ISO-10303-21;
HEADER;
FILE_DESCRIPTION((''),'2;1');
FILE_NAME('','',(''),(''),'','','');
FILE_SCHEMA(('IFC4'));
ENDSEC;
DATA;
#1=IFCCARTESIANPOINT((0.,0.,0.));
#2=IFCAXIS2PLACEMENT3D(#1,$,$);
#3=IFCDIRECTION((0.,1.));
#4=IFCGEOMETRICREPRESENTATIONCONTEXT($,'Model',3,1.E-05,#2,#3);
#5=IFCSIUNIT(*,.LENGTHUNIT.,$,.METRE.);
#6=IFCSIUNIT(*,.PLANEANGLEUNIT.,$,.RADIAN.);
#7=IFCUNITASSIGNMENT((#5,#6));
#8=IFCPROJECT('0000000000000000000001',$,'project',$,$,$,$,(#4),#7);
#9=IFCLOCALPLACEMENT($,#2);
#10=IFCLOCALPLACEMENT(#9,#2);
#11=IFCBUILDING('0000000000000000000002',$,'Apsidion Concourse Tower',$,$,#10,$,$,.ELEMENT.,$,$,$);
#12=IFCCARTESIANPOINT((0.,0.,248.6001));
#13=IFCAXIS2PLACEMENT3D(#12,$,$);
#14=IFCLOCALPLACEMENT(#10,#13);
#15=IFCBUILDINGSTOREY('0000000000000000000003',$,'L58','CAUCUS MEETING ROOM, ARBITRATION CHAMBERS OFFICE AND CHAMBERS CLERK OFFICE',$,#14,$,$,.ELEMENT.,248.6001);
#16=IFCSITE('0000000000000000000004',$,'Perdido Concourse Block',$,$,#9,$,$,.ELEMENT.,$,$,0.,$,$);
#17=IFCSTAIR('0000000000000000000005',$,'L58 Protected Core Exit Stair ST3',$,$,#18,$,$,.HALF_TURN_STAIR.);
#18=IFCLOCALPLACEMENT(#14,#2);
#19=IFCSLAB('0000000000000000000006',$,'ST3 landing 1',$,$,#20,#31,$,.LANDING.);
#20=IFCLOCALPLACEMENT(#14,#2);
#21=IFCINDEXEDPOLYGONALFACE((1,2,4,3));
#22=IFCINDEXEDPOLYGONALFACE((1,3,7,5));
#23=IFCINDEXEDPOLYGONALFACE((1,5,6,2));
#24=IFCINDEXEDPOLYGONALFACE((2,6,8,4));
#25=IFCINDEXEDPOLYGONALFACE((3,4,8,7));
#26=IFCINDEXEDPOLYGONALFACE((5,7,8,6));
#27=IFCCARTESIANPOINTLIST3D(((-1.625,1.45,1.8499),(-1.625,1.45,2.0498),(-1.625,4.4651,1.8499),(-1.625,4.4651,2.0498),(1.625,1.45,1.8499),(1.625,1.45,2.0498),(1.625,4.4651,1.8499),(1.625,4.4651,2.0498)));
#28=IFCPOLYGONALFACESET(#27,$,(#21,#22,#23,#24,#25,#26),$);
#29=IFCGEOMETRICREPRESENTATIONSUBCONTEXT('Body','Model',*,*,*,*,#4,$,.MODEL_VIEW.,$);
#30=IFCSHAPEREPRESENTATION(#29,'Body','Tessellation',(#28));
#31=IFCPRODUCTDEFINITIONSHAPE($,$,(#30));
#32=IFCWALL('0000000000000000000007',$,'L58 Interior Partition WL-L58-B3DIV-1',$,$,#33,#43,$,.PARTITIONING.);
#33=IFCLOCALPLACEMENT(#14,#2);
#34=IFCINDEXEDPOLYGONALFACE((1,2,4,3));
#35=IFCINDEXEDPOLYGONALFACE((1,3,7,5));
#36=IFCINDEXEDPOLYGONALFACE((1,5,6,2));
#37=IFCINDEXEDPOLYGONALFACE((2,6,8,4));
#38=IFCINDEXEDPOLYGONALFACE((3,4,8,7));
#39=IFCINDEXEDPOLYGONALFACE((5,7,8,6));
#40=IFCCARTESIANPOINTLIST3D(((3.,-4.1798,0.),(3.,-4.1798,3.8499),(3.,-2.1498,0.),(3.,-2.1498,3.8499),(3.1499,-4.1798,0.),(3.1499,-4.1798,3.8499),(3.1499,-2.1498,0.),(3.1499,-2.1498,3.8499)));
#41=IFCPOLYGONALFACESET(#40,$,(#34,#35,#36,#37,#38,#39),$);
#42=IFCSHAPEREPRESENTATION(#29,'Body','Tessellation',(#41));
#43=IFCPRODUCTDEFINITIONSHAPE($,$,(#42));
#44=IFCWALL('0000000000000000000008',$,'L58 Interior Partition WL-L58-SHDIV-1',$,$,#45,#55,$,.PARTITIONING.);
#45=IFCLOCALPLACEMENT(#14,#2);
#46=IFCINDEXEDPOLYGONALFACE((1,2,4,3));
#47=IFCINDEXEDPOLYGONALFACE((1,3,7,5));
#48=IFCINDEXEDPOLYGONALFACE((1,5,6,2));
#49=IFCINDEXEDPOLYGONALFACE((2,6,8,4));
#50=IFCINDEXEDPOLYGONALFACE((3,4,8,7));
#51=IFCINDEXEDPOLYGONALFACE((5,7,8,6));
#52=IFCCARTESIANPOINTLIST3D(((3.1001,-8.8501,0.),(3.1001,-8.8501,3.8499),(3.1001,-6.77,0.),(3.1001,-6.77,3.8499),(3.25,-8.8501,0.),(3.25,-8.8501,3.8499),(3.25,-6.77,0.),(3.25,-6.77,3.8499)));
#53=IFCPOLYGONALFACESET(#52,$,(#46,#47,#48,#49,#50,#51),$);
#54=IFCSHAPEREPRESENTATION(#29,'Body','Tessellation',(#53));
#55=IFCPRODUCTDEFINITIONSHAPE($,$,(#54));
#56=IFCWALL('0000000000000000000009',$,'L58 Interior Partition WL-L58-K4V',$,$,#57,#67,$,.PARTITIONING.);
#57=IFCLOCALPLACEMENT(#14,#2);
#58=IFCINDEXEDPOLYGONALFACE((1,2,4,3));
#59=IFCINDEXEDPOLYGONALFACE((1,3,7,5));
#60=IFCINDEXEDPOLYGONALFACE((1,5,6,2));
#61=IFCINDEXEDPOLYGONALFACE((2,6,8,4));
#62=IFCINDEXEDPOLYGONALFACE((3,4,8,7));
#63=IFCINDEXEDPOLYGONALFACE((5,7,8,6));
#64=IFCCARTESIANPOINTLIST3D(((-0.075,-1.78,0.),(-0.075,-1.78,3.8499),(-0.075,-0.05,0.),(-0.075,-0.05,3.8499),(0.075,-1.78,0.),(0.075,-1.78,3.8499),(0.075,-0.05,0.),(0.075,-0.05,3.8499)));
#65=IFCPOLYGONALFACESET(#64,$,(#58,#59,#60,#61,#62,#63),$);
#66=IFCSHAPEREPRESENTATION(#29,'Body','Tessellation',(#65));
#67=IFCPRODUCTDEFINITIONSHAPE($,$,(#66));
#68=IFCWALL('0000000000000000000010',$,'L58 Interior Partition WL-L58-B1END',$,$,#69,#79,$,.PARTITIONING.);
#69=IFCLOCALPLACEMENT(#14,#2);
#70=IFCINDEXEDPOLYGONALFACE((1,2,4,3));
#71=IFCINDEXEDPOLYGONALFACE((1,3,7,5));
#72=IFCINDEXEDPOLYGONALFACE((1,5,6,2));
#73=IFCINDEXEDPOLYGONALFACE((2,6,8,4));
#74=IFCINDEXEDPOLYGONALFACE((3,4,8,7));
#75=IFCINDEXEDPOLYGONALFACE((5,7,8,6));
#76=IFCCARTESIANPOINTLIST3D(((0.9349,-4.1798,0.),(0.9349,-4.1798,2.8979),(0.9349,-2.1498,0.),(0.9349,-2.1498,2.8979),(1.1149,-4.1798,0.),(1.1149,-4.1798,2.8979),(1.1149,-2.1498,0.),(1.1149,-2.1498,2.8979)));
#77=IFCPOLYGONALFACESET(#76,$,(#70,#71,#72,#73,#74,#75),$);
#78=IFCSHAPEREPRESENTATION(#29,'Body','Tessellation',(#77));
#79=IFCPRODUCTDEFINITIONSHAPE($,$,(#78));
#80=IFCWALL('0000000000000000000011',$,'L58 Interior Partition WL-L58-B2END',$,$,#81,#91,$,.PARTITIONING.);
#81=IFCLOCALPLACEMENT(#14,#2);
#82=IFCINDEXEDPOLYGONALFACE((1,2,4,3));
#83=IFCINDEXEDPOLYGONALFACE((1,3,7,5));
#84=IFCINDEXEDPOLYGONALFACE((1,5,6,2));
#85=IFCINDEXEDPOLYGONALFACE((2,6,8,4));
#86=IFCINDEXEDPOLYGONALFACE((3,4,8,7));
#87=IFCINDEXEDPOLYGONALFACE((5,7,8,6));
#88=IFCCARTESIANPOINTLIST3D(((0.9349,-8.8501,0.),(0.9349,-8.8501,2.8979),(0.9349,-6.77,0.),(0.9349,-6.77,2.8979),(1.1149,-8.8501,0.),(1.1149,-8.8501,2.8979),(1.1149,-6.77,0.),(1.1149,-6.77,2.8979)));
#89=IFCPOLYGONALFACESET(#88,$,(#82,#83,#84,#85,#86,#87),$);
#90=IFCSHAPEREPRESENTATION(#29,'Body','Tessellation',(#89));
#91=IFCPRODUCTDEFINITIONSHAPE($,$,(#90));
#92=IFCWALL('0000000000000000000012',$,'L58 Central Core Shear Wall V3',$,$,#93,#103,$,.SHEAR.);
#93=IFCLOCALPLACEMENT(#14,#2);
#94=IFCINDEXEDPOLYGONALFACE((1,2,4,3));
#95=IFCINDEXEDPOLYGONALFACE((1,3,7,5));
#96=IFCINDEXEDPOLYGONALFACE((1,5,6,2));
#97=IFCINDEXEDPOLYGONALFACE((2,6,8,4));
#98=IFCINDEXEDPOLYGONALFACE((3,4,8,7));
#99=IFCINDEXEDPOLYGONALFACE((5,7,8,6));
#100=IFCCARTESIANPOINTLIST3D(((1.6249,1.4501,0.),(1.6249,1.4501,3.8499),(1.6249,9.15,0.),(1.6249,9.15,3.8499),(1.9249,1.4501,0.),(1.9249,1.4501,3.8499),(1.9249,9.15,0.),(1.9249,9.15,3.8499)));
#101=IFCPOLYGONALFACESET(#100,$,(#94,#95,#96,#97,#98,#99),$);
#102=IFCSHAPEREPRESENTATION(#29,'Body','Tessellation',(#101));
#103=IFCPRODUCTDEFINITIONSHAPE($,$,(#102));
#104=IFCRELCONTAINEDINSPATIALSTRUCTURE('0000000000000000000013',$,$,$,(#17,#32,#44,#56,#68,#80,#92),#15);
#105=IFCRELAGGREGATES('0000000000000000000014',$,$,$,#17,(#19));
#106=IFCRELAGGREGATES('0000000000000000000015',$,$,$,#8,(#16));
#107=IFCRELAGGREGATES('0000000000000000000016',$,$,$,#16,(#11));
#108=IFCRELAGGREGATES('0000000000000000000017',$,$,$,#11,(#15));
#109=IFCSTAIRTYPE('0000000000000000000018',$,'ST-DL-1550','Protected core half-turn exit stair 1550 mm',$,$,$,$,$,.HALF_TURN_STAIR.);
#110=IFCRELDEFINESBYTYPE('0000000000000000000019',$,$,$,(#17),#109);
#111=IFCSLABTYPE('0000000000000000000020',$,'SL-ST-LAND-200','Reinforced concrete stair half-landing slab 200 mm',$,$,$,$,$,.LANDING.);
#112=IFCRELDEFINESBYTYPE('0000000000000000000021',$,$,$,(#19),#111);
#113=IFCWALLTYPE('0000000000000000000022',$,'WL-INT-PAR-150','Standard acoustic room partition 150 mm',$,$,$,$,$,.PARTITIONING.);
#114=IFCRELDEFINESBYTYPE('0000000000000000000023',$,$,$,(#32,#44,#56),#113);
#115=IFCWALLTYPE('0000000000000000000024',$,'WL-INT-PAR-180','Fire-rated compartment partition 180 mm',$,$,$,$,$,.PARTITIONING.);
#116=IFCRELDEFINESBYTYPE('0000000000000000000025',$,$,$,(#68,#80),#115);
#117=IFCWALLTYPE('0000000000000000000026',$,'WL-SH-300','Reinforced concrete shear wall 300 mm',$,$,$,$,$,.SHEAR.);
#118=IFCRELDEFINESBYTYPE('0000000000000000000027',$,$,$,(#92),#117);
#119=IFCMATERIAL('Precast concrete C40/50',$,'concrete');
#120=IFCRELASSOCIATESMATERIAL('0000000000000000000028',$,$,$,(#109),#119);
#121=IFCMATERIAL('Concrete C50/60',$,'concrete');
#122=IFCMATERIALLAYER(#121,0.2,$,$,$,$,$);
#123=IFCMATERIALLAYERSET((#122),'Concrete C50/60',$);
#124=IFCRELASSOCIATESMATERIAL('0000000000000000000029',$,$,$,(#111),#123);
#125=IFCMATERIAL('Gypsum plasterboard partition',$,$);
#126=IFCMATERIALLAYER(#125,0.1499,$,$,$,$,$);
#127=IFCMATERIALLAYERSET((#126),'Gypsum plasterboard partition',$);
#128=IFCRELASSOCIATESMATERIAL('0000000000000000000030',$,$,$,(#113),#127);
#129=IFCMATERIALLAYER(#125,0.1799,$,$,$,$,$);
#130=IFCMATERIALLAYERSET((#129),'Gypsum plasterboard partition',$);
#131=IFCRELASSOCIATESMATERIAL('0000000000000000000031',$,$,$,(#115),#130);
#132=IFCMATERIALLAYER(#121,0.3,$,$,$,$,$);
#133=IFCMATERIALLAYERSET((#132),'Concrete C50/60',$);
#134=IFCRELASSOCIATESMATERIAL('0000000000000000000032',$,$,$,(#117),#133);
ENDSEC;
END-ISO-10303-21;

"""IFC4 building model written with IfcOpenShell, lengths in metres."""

from ifc_helpers import new_model, si_unit, direction, frame, frame_2d, origin, place, context, subcontext, project, spatial, polyline, rectangle, outline, extrude, material, layer, layer_set, type_object, element, aggregate, save


model = new_model("IFC4")

# Units and contexts
model_context = context("Model", 3, precision=1e-05, world=origin(), true_north=direction((0.0, 1.0)))
body_context = subcontext(model_context, "Body", "Model", "MODEL_VIEW")
ifc_project = project(units=[si_unit("LENGTHUNIT", "METRE"), si_unit("PLANEANGLEUNIT", "RADIAN")], contexts=[model_context])

# Site, building, storey
site_placement = place(None, origin())
site = spatial("IfcSite", under=ifc_project, at=site_placement, Name="Perdido Concourse Block", CompositionType="ELEMENT", RefElevation=0.0)
building_placement = place(site_placement, origin())
building = spatial("IfcBuilding", under=site, at=building_placement, Name="Apsidion Concourse Tower", CompositionType="ELEMENT")
storey_placement = place(building_placement, frame((0.0, 0.0, 248.6001)))
storey = spatial("IfcBuildingStorey", under=building, at=storey_placement, Name="L58", Description="CAUCUS MEETING ROOM, ARBITRATION CHAMBERS OFFICE AND CHAMBERS CLERK OFFICE", CompositionType="ELEMENT", Elevation=248.6001)

# Shared definitions
ifc_material_1 = material(Name="Concrete C50/60", Category="concrete")

# Stair, slab
ifc_material_2 = material(Name="Precast concrete C40/50", Category="concrete")
stair_type = type_object("IfcStairType", Name="ST-DL-1550", Description="Protected core half-turn exit stair 1550 mm", PredefinedType="HALF_TURN_STAIR", material=ifc_material_2)
ifc_layer_1 = layer(ifc_material_1, 0.2)
ifc_layer_set_1 = layer_set([ifc_layer_1], Name="Concrete C50/60")
slab_type_1 = type_object("IfcSlabType", Name="SL-ST-LAND-200", Description="Reinforced concrete stair half-landing slab 200 mm", PredefinedType="LANDING", material=ifc_layer_set_1)
stair_1_placement = place(storey_placement, origin())
stair_1 = element("IfcStair", 1, at=stair_1_placement, inside=storey, type_object=stair_type, Name="L58 Protected Core Exit Stair ST3", PredefinedType="HALF_TURN_STAIR")
slab_1_placement = place(storey_placement, frame((0.0, 0.0, 1.8499)))
slab_1 = element("IfcSlab", 2, at=slab_1_placement, type_object=slab_type_1, Name="ST3 landing 1", PredefinedType="LANDING", context=body_context, shape_type="SweptSolid", body=[
    extrude(outline(polyline([(-1.625, 4.4651), (-1.625, 1.45), (1.625, 1.45), (1.625, 4.4651), (-1.625, 4.4651)])), origin(), (0.0, 0.0, 1.0), 0.2),
])
aggregate(stair_1, [slab_1])

# Walls
ifc_material_3 = material(Name="Gypsum plasterboard partition")
ifc_layer_2 = layer(ifc_material_3, 0.1499)
ifc_layer_set_2 = layer_set([ifc_layer_2], Name="Gypsum plasterboard partition")
wall_type_1 = type_object("IfcWallType", Name="WL-INT-PAR-150", Description="Standard acoustic room partition 150 mm", PredefinedType="PARTITIONING", material=ifc_layer_set_2)
wall_1_placement = place(storey_placement, frame((3.075, -4.1799, 0.0), z_axis=(0.0, 0.0, 1.0), x_axis=(0.0, 1.0, 0.0)))
element("IfcWall", 3, at=wall_1_placement, inside=storey, type_object=wall_type_1, Name="L58 Interior Partition WL-L58-B3DIV-1", PredefinedType="PARTITIONING", context=body_context, shape_type="SweptSolid", body=[
    extrude(rectangle(XDim=2.03, YDim=0.1499, at=frame_2d((1.0151, 0.0))), origin(), (0.0, 0.0, 1.0), 3.8499),
])
wall_2_placement = place(storey_placement, frame((3.175, -8.8501, 0.0), z_axis=(0.0, 0.0, 1.0), x_axis=(0.0, 1.0, 0.0)))
element("IfcWall", 4, at=wall_2_placement, inside=storey, type_object=wall_type_1, Name="L58 Interior Partition WL-L58-SHDIV-1", PredefinedType="PARTITIONING", context=body_context, shape_type="SweptSolid", body=[
    extrude(rectangle(XDim=2.0801, YDim=0.1499, at=frame_2d((1.04, 0.0))), origin(), (0.0, 0.0, 1.0), 3.8499),
])
wall_3_placement = place(storey_placement, frame((0.0, -1.78, 0.0), z_axis=(0.0, 0.0, 1.0), x_axis=(0.0, 1.0, 0.0)))
element("IfcWall", 5, at=wall_3_placement, inside=storey, type_object=wall_type_1, Name="L58 Interior Partition WL-L58-K4V", PredefinedType="PARTITIONING", context=body_context, shape_type="SweptSolid", body=[
    extrude(rectangle(XDim=1.73, YDim=0.1499, at=frame_2d((0.865, 0.0))), origin(), (0.0, 0.0, 1.0), 3.8499),
])
ifc_layer_3 = layer(ifc_material_3, 0.1799)
ifc_layer_set_3 = layer_set([ifc_layer_3], Name="Gypsum plasterboard partition")
wall_type_2 = type_object("IfcWallType", Name="WL-INT-PAR-180", Description="Fire-rated compartment partition 180 mm", PredefinedType="PARTITIONING", material=ifc_layer_set_3)
wall_4_placement = place(storey_placement, frame((1.0249, -4.1799, 0.0), z_axis=(0.0, 0.0, 1.0), x_axis=(0.0, 1.0, 0.0)))
element("IfcWall", 6, at=wall_4_placement, inside=storey, type_object=wall_type_2, Name="L58 Interior Partition WL-L58-B1END", PredefinedType="PARTITIONING", context=body_context, shape_type="SweptSolid", body=[
    extrude(rectangle(XDim=2.03, YDim=0.1799, at=frame_2d((1.0151, 0.0))), origin(), (0.0, 0.0, 1.0), 2.8979),
])
wall_5_placement = place(storey_placement, frame((1.0249, -8.8501, 0.0), z_axis=(0.0, 0.0, 1.0), x_axis=(0.0, 1.0, 0.0)))
element("IfcWall", 7, at=wall_5_placement, inside=storey, type_object=wall_type_2, Name="L58 Interior Partition WL-L58-B2END", PredefinedType="PARTITIONING", context=body_context, shape_type="SweptSolid", body=[
    extrude(rectangle(XDim=2.0801, YDim=0.1799, at=frame_2d((1.04, 0.0))), origin(), (0.0, 0.0, 1.0), 2.8979),
])

# Wall
ifc_layer_4 = layer(ifc_material_1, 0.3)
ifc_layer_set_4 = layer_set([ifc_layer_4], Name="Concrete C50/60")
wall_type_3 = type_object("IfcWallType", Name="WL-SH-300", Description="Reinforced concrete shear wall 300 mm", PredefinedType="SHEAR", material=ifc_layer_set_4)
wall_6_placement = place(storey_placement, frame((1.7749, 1.45, 0.0), z_axis=(0.0, 0.0, 1.0), x_axis=(0.0, 1.0, 0.0)))
element("IfcWall", 8, at=wall_6_placement, inside=storey, type_object=wall_type_3, Name="L58 Central Core Shear Wall V3", PredefinedType="SHEAR", context=body_context, shape_type="SweptSolid", body=[
    extrude(rectangle(XDim=7.7, YDim=0.3, at=frame_2d((3.8501, 0.0))), origin(), (0.0, 0.0, 1.0), 3.8499),
])

save(model, "model.ifc")
